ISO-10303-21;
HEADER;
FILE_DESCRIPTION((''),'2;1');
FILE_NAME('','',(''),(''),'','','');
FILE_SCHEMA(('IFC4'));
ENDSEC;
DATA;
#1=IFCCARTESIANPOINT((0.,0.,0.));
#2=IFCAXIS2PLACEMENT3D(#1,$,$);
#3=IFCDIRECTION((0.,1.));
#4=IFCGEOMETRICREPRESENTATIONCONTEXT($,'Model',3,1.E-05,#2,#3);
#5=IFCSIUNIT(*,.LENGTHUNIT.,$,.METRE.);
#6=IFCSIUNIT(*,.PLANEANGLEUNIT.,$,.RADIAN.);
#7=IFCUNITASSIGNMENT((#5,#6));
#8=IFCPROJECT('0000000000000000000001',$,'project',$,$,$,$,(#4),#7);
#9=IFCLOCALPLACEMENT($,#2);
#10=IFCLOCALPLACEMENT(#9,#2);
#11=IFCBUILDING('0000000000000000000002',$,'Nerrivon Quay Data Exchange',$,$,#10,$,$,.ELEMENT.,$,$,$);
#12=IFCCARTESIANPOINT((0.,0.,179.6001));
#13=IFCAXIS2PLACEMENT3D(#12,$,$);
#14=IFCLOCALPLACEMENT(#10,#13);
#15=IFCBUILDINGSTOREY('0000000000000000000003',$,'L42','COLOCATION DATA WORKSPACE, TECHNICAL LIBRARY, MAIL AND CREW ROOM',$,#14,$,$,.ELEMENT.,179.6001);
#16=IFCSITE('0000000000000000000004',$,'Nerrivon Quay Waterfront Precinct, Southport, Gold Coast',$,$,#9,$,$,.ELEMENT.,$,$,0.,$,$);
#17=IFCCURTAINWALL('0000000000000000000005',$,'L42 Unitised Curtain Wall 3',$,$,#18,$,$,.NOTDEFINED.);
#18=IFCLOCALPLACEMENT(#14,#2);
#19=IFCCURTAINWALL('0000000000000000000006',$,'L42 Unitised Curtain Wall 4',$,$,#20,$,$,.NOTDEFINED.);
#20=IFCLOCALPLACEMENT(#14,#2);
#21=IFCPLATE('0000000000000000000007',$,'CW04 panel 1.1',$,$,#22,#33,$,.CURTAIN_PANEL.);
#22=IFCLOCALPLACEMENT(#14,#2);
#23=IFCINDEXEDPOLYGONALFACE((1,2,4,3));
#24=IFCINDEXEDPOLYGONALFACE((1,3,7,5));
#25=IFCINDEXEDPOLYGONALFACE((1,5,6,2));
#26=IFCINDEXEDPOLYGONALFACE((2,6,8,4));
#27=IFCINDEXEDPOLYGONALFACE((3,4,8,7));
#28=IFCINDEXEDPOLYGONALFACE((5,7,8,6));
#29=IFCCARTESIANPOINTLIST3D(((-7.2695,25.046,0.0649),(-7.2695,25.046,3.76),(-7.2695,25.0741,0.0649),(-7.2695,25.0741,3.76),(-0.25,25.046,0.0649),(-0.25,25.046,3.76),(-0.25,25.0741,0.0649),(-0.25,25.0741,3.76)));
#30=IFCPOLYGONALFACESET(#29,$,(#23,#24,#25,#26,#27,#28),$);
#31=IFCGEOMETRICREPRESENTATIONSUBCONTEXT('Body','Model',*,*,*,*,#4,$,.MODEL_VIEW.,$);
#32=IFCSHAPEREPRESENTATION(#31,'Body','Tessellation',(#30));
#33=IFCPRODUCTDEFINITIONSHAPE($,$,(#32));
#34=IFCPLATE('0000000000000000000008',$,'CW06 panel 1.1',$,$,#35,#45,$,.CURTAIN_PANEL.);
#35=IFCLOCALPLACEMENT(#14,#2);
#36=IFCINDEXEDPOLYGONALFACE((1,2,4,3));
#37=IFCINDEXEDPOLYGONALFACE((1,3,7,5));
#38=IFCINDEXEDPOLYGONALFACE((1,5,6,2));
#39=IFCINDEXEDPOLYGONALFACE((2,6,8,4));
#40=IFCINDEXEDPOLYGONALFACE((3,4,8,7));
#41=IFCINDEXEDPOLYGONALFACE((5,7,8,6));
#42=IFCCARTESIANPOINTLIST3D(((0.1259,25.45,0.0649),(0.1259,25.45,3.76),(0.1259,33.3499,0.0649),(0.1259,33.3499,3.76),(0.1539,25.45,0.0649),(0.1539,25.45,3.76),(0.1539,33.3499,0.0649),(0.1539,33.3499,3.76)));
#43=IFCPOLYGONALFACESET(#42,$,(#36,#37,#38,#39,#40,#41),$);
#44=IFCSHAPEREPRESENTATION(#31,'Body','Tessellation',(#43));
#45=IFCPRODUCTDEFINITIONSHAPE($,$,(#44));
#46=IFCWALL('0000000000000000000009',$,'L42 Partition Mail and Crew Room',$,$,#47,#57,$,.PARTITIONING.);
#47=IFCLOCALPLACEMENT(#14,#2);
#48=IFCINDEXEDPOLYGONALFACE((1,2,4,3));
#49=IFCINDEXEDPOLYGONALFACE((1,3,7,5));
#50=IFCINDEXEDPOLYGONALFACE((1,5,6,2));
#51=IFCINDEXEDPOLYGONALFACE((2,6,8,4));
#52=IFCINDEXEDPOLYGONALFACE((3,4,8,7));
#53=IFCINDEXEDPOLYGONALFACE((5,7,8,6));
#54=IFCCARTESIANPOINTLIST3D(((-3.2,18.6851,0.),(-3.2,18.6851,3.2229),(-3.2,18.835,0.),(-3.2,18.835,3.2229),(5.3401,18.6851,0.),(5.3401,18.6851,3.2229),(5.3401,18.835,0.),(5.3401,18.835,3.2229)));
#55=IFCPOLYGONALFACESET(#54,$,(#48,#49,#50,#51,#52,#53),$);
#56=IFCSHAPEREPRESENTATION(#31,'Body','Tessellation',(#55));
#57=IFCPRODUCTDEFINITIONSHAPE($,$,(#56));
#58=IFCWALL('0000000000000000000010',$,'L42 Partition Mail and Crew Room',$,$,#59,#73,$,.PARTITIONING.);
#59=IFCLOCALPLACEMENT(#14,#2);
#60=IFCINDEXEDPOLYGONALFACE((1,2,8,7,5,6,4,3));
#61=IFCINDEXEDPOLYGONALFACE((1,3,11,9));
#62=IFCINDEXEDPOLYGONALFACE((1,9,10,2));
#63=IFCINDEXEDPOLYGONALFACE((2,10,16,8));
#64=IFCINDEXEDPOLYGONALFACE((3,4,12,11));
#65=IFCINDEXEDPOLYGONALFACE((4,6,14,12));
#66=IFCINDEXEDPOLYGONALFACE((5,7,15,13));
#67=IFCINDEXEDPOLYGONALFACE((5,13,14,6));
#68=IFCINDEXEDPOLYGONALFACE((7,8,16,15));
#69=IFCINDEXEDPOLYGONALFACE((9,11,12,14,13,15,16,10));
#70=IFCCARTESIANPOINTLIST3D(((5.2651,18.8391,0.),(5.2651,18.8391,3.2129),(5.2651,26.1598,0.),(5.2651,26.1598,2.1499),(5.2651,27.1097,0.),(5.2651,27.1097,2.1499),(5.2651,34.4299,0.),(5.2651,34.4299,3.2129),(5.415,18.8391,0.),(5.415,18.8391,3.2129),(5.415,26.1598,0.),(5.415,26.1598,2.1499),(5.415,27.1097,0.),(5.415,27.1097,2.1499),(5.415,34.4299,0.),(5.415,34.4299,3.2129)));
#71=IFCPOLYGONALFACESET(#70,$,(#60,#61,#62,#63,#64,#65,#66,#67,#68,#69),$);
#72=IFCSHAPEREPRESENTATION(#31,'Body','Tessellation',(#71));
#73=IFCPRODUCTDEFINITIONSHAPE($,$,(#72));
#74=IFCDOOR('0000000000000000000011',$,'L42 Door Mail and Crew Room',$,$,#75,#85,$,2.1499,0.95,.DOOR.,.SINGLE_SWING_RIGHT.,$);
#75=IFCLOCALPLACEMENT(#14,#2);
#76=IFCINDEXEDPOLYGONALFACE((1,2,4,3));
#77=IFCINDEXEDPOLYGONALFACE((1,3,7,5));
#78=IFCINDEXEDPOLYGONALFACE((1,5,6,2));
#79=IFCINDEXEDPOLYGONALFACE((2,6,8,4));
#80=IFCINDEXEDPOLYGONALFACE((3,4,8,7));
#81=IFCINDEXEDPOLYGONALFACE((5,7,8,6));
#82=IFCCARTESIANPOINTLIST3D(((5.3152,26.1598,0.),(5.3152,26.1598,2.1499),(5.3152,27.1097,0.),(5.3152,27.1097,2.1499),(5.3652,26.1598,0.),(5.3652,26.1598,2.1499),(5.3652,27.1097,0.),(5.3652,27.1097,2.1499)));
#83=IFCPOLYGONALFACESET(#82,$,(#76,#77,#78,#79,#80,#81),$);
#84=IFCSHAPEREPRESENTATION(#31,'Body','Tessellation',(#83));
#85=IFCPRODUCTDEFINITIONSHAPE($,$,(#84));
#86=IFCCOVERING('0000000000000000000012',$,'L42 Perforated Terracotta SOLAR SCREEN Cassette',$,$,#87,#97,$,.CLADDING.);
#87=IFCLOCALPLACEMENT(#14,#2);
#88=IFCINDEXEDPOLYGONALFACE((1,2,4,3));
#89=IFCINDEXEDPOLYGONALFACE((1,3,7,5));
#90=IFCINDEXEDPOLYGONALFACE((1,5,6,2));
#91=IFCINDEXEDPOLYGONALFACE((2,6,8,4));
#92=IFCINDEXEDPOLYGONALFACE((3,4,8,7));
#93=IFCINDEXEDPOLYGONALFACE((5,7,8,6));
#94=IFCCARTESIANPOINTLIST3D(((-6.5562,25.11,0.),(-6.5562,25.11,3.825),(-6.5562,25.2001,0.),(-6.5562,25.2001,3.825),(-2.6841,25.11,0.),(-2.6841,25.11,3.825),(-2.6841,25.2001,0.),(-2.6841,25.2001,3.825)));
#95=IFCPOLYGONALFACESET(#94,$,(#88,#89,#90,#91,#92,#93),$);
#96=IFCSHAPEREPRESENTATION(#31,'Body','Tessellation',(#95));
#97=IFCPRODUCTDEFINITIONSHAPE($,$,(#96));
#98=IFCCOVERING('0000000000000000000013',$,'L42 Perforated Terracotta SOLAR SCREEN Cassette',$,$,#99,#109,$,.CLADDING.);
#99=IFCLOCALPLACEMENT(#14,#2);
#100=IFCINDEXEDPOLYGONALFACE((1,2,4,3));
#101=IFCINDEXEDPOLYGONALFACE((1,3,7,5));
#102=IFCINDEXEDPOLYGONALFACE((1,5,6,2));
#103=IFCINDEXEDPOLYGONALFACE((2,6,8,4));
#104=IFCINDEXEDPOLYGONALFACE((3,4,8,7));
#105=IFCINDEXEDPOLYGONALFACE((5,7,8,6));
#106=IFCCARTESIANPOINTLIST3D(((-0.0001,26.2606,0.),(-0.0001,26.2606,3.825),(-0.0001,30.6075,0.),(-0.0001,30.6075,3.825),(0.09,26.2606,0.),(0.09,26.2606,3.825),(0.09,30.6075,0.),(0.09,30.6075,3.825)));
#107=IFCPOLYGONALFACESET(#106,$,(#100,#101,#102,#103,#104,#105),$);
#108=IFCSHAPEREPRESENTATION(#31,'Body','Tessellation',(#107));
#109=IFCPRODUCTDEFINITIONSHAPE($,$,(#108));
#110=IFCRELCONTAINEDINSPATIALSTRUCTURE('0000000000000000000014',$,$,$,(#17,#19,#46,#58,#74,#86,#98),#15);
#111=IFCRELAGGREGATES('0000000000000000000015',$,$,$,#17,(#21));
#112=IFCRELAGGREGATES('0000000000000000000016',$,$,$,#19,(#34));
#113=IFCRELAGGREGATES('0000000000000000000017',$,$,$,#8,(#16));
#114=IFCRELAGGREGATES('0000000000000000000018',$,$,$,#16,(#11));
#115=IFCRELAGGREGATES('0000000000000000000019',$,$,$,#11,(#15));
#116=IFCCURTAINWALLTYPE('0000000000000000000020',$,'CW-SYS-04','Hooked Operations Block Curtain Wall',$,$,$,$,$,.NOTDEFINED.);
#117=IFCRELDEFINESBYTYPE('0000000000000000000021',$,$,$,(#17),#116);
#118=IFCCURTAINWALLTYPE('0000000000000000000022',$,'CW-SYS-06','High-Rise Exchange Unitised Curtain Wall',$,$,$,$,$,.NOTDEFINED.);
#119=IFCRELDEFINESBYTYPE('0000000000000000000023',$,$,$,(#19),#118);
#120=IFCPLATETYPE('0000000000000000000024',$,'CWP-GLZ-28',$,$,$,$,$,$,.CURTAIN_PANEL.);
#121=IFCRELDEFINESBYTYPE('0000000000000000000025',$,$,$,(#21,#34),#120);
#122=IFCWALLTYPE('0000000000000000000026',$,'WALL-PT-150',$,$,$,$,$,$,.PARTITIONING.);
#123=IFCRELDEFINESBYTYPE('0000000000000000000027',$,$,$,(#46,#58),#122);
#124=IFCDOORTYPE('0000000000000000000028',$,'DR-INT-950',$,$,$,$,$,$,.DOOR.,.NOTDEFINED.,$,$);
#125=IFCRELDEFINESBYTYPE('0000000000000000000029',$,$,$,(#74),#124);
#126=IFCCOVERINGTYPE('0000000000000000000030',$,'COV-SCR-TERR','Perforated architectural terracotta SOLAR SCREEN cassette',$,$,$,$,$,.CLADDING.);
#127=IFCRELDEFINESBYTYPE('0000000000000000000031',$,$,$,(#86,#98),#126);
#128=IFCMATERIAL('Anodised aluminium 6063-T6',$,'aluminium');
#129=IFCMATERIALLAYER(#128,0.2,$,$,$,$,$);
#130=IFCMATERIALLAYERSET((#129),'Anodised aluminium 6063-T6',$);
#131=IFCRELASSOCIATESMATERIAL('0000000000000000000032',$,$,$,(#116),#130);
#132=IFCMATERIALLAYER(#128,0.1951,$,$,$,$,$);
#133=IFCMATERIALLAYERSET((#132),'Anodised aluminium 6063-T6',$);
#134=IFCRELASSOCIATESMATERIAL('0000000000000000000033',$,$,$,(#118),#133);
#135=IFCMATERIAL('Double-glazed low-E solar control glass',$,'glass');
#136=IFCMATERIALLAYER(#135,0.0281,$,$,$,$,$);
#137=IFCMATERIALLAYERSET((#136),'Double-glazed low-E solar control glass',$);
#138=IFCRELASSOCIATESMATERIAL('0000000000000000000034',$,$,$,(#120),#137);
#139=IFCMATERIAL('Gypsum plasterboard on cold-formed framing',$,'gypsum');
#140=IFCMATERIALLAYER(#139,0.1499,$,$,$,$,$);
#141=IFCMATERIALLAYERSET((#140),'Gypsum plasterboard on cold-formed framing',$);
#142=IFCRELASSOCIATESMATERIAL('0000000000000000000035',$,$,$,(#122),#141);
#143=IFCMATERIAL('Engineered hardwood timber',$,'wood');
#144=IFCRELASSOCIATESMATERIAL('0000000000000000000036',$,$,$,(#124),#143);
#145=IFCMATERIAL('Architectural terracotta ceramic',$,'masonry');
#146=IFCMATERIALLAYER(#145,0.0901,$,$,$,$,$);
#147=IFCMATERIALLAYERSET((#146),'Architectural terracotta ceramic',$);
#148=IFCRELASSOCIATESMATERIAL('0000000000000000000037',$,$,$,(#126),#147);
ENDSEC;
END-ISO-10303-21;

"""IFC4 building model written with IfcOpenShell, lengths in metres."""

from ifc_helpers import new_model, si_unit, direction, frame, frame_2d, origin, origin_2d, place, context, subcontext, project, spatial, rectangle, extrude, material, layer, layer_set, type_object, element, fill, aggregate, save


model = new_model("IFC4")

# Units and contexts
model_context = context("Model", 3, precision=1e-05, world=origin(), true_north=direction((0.0, 1.0)))
body_context = subcontext(model_context, "Body", "Model", "MODEL_VIEW")
ifc_project = project(units=[si_unit("LENGTHUNIT", "METRE"), si_unit("PLANEANGLEUNIT", "RADIAN")], contexts=[model_context])

# Site, building, storey
site_placement = place(None, origin())
site = spatial("IfcSite", under=ifc_project, at=site_placement, Name="Nerrivon Quay Waterfront Precinct, Southport, Gold Coast", CompositionType="ELEMENT", RefElevation=0.0)
building_placement = place(site_placement, origin())
building = spatial("IfcBuilding", under=site, at=building_placement, Name="Nerrivon Quay Data Exchange", CompositionType="ELEMENT")
storey_placement = place(building_placement, frame((0.0, 0.0, 179.6001)))
storey = spatial("IfcBuildingStorey", under=building, at=storey_placement, Name="L42", Description="COLOCATION DATA WORKSPACE, TECHNICAL LIBRARY, MAIL AND CREW ROOM", CompositionType="ELEMENT", Elevation=179.6001)

# Curtain walls
ifc_material_1 = material(Name="Anodised aluminium 6063-T6", Category="aluminium")
ifc_layer_1 = layer(ifc_material_1, 0.2)
ifc_layer_set_1 = layer_set([ifc_layer_1], Name="Anodised aluminium 6063-T6")
curtain_wall_type_1 = type_object("IfcCurtainWallType", Name="CW-SYS-04", Description="Hooked Operations Block Curtain Wall", PredefinedType="NOTDEFINED", material=ifc_layer_set_1)
curtain_wall_1_placement = place(storey_placement, origin())
curtain_wall_1 = element("IfcCurtainWall", 1, at=curtain_wall_1_placement, inside=storey, type_object=curtain_wall_type_1, Name="L42 Unitised Curtain Wall 3", PredefinedType="NOTDEFINED")
ifc_layer_2 = layer(ifc_material_1, 0.1951)
ifc_layer_set_2 = layer_set([ifc_layer_2], Name="Anodised aluminium 6063-T6")
curtain_wall_type_2 = type_object("IfcCurtainWallType", Name="CW-SYS-06", Description="High-Rise Exchange Unitised Curtain Wall", PredefinedType="NOTDEFINED", material=ifc_layer_set_2)
curtain_wall_2_placement = place(storey_placement, origin())
curtain_wall_2 = element("IfcCurtainWall", 2, at=curtain_wall_2_placement, inside=storey, type_object=curtain_wall_type_2, Name="L42 Unitised Curtain Wall 4", PredefinedType="NOTDEFINED")

# Plates
ifc_material_2 = material(Name="Double-glazed low-E solar control glass", Category="glass")
ifc_layer_3 = layer(ifc_material_2, 0.0281)
ifc_layer_set_3 = layer_set([ifc_layer_3], Name="Double-glazed low-E solar control glass")
plate_type = type_object("IfcPlateType", Name="CWP-GLZ-28", PredefinedType="CURTAIN_PANEL", material=ifc_layer_set_3)
plate_1_placement = place(storey_placement, frame((-3.7598, 25.0601, 0.0649), z_axis=(0.0, 0.0, 1.0), x_axis=(1.0, 0.0, 0.0)))
plate_1 = element("IfcPlate", 3, at=plate_1_placement, type_object=plate_type, Name="CW04 panel 1.1", PredefinedType="CURTAIN_PANEL", context=body_context, shape_type="SweptSolid", body=[
    extrude(rectangle(XDim=7.0195, YDim=0.0281, at=origin_2d()), origin(), (0.0, 0.0, 1.0), 3.6951),
])
aggregate(curtain_wall_1, [plate_1])
plate_2_placement = place(storey_placement, frame((0.1399, 29.3999, 0.0649), z_axis=(0.0, 0.0, 1.0), x_axis=(0.0, 1.0, 0.0)))
plate_2 = element("IfcPlate", 4, at=plate_2_placement, type_object=plate_type, Name="CW06 panel 1.1", PredefinedType="CURTAIN_PANEL", context=body_context, shape_type="SweptSolid", body=[
    extrude(rectangle(XDim=7.8999, YDim=0.0281, at=origin_2d()), origin(), (0.0, 0.0, 1.0), 3.6951),
])
aggregate(curtain_wall_2, [plate_2])

# Wall
ifc_material_3 = material(Name="Gypsum plasterboard on cold-formed framing", Category="gypsum")
ifc_layer_4 = layer(ifc_material_3, 0.1499)
ifc_layer_set_4 = layer_set([ifc_layer_4], Name="Gypsum plasterboard on cold-formed framing")
wall_type = type_object("IfcWallType", Name="WALL-PT-150", PredefinedType="PARTITIONING", material=ifc_layer_set_4)
wall_1_placement = place(storey_placement, frame((-3.2, 18.76, 0.0), z_axis=(0.0, 0.0, 1.0), x_axis=(1.0, 0.0, 0.0)))
element("IfcWall", 5, at=wall_1_placement, inside=storey, type_object=wall_type, Name="L42 Partition Mail and Crew Room", PredefinedType="PARTITIONING", context=body_context, shape_type="SweptSolid", body=[
    extrude(rectangle(XDim=8.54, YDim=0.1499, at=frame_2d((4.27, 0.0))), origin(), (0.0, 0.0, 1.0), 3.2229),
])

# Wall, opening, door
wall_2_placement = place(storey_placement, frame((5.3401, 18.8391, 0.0), z_axis=(0.0, 0.0, 1.0), x_axis=(0.0, 1.0, 0.0)))
wall_2 = element("IfcWall", 6, at=wall_2_placement, inside=storey, type_object=wall_type, Name="L42 Partition Mail and Crew Room", PredefinedType="PARTITIONING", context=body_context, shape_type="SweptSolid", body=[
    extrude(rectangle(XDim=15.5908, YDim=0.1499, at=frame_2d((7.7954, 0.0))), origin(), (0.0, 0.0, 1.0), 3.2129),
])
opening_placement = place(wall_2_placement, frame((7.3206, 0.0, 0.0)))
opening = element("IfcOpeningElement", 7, at=opening_placement, cuts=wall_2, PredefinedType="OPENING", context=body_context, shape_type="SweptSolid", body=[
    extrude(rectangle(XDim=0.95, YDim=2.1499, at=frame_2d((0.4751, 1.075))), frame((0.0, 0.085, 0.0), z_axis=(0.0, -1.0, 0.0), x_axis=(1.0, 0.0, 0.0)), (0.0, 0.0, 1.0), 0.1699),
])
ifc_material_4 = material(Name="Engineered hardwood timber", Category="wood")
door_type = type_object("IfcDoorType", Name="DR-INT-950", OperationType="NOTDEFINED", PredefinedType="DOOR", material=ifc_material_4)
door_placement = place(opening_placement, origin())
door = element("IfcDoor", 8, at=door_placement, inside=storey, type_object=door_type, Name="L42 Door Mail and Crew Room", OperationType="SINGLE_SWING_RIGHT", OverallHeight=2.1499, OverallWidth=0.95, PredefinedType="DOOR", context=body_context, shape_type="SweptSolid", body=[
    extrude(rectangle(XDim=0.95, YDim=2.1499, at=frame_2d((0.4751, 1.075))), frame((0.0, 0.0249, 0.0), z_axis=(0.0, -1.0, 0.0), x_axis=(1.0, 0.0, 0.0)), (0.0, 0.0, 1.0), 0.05),
])
fill(opening, door)

# Coverings
ifc_material_5 = material(Name="Architectural terracotta ceramic", Category="masonry")
ifc_layer_5 = layer(ifc_material_5, 0.0901)
ifc_layer_set_5 = layer_set([ifc_layer_5], Name="Architectural terracotta ceramic")
covering_type = type_object("IfcCoveringType", Name="COV-SCR-TERR", Description="Perforated architectural terracotta SOLAR SCREEN cassette", PredefinedType="CLADDING", material=ifc_layer_set_5)
covering_1_placement = place(storey_placement, frame((-4.6201, 25.155, 0.0), z_axis=(0.0, 0.0, 1.0), x_axis=(1.0, 0.0, 0.0)))
element("IfcCovering", 9, at=covering_1_placement, inside=storey, type_object=covering_type, Name="L42 Perforated Terracotta SOLAR SCREEN Cassette", PredefinedType="CLADDING", context=body_context, shape_type="SweptSolid", body=[
    extrude(rectangle(XDim=3.8721, YDim=0.0901, at=origin_2d()), origin(), (0.0, 0.0, 1.0), 3.825),
])
covering_2_placement = place(storey_placement, frame((0.0449, 28.4341, 0.0), z_axis=(0.0, 0.0, 1.0), x_axis=(0.0, 1.0, 0.0)))
element("IfcCovering", 10, at=covering_2_placement, inside=storey, type_object=covering_type, Name="L42 Perforated Terracotta SOLAR SCREEN Cassette", PredefinedType="CLADDING", context=body_context, shape_type="SweptSolid", body=[
    extrude(rectangle(XDim=4.3469, YDim=0.0901, at=origin_2d()), origin(), (0.0, 0.0, 1.0), 3.825),
])

save(model, "model.ifc")
